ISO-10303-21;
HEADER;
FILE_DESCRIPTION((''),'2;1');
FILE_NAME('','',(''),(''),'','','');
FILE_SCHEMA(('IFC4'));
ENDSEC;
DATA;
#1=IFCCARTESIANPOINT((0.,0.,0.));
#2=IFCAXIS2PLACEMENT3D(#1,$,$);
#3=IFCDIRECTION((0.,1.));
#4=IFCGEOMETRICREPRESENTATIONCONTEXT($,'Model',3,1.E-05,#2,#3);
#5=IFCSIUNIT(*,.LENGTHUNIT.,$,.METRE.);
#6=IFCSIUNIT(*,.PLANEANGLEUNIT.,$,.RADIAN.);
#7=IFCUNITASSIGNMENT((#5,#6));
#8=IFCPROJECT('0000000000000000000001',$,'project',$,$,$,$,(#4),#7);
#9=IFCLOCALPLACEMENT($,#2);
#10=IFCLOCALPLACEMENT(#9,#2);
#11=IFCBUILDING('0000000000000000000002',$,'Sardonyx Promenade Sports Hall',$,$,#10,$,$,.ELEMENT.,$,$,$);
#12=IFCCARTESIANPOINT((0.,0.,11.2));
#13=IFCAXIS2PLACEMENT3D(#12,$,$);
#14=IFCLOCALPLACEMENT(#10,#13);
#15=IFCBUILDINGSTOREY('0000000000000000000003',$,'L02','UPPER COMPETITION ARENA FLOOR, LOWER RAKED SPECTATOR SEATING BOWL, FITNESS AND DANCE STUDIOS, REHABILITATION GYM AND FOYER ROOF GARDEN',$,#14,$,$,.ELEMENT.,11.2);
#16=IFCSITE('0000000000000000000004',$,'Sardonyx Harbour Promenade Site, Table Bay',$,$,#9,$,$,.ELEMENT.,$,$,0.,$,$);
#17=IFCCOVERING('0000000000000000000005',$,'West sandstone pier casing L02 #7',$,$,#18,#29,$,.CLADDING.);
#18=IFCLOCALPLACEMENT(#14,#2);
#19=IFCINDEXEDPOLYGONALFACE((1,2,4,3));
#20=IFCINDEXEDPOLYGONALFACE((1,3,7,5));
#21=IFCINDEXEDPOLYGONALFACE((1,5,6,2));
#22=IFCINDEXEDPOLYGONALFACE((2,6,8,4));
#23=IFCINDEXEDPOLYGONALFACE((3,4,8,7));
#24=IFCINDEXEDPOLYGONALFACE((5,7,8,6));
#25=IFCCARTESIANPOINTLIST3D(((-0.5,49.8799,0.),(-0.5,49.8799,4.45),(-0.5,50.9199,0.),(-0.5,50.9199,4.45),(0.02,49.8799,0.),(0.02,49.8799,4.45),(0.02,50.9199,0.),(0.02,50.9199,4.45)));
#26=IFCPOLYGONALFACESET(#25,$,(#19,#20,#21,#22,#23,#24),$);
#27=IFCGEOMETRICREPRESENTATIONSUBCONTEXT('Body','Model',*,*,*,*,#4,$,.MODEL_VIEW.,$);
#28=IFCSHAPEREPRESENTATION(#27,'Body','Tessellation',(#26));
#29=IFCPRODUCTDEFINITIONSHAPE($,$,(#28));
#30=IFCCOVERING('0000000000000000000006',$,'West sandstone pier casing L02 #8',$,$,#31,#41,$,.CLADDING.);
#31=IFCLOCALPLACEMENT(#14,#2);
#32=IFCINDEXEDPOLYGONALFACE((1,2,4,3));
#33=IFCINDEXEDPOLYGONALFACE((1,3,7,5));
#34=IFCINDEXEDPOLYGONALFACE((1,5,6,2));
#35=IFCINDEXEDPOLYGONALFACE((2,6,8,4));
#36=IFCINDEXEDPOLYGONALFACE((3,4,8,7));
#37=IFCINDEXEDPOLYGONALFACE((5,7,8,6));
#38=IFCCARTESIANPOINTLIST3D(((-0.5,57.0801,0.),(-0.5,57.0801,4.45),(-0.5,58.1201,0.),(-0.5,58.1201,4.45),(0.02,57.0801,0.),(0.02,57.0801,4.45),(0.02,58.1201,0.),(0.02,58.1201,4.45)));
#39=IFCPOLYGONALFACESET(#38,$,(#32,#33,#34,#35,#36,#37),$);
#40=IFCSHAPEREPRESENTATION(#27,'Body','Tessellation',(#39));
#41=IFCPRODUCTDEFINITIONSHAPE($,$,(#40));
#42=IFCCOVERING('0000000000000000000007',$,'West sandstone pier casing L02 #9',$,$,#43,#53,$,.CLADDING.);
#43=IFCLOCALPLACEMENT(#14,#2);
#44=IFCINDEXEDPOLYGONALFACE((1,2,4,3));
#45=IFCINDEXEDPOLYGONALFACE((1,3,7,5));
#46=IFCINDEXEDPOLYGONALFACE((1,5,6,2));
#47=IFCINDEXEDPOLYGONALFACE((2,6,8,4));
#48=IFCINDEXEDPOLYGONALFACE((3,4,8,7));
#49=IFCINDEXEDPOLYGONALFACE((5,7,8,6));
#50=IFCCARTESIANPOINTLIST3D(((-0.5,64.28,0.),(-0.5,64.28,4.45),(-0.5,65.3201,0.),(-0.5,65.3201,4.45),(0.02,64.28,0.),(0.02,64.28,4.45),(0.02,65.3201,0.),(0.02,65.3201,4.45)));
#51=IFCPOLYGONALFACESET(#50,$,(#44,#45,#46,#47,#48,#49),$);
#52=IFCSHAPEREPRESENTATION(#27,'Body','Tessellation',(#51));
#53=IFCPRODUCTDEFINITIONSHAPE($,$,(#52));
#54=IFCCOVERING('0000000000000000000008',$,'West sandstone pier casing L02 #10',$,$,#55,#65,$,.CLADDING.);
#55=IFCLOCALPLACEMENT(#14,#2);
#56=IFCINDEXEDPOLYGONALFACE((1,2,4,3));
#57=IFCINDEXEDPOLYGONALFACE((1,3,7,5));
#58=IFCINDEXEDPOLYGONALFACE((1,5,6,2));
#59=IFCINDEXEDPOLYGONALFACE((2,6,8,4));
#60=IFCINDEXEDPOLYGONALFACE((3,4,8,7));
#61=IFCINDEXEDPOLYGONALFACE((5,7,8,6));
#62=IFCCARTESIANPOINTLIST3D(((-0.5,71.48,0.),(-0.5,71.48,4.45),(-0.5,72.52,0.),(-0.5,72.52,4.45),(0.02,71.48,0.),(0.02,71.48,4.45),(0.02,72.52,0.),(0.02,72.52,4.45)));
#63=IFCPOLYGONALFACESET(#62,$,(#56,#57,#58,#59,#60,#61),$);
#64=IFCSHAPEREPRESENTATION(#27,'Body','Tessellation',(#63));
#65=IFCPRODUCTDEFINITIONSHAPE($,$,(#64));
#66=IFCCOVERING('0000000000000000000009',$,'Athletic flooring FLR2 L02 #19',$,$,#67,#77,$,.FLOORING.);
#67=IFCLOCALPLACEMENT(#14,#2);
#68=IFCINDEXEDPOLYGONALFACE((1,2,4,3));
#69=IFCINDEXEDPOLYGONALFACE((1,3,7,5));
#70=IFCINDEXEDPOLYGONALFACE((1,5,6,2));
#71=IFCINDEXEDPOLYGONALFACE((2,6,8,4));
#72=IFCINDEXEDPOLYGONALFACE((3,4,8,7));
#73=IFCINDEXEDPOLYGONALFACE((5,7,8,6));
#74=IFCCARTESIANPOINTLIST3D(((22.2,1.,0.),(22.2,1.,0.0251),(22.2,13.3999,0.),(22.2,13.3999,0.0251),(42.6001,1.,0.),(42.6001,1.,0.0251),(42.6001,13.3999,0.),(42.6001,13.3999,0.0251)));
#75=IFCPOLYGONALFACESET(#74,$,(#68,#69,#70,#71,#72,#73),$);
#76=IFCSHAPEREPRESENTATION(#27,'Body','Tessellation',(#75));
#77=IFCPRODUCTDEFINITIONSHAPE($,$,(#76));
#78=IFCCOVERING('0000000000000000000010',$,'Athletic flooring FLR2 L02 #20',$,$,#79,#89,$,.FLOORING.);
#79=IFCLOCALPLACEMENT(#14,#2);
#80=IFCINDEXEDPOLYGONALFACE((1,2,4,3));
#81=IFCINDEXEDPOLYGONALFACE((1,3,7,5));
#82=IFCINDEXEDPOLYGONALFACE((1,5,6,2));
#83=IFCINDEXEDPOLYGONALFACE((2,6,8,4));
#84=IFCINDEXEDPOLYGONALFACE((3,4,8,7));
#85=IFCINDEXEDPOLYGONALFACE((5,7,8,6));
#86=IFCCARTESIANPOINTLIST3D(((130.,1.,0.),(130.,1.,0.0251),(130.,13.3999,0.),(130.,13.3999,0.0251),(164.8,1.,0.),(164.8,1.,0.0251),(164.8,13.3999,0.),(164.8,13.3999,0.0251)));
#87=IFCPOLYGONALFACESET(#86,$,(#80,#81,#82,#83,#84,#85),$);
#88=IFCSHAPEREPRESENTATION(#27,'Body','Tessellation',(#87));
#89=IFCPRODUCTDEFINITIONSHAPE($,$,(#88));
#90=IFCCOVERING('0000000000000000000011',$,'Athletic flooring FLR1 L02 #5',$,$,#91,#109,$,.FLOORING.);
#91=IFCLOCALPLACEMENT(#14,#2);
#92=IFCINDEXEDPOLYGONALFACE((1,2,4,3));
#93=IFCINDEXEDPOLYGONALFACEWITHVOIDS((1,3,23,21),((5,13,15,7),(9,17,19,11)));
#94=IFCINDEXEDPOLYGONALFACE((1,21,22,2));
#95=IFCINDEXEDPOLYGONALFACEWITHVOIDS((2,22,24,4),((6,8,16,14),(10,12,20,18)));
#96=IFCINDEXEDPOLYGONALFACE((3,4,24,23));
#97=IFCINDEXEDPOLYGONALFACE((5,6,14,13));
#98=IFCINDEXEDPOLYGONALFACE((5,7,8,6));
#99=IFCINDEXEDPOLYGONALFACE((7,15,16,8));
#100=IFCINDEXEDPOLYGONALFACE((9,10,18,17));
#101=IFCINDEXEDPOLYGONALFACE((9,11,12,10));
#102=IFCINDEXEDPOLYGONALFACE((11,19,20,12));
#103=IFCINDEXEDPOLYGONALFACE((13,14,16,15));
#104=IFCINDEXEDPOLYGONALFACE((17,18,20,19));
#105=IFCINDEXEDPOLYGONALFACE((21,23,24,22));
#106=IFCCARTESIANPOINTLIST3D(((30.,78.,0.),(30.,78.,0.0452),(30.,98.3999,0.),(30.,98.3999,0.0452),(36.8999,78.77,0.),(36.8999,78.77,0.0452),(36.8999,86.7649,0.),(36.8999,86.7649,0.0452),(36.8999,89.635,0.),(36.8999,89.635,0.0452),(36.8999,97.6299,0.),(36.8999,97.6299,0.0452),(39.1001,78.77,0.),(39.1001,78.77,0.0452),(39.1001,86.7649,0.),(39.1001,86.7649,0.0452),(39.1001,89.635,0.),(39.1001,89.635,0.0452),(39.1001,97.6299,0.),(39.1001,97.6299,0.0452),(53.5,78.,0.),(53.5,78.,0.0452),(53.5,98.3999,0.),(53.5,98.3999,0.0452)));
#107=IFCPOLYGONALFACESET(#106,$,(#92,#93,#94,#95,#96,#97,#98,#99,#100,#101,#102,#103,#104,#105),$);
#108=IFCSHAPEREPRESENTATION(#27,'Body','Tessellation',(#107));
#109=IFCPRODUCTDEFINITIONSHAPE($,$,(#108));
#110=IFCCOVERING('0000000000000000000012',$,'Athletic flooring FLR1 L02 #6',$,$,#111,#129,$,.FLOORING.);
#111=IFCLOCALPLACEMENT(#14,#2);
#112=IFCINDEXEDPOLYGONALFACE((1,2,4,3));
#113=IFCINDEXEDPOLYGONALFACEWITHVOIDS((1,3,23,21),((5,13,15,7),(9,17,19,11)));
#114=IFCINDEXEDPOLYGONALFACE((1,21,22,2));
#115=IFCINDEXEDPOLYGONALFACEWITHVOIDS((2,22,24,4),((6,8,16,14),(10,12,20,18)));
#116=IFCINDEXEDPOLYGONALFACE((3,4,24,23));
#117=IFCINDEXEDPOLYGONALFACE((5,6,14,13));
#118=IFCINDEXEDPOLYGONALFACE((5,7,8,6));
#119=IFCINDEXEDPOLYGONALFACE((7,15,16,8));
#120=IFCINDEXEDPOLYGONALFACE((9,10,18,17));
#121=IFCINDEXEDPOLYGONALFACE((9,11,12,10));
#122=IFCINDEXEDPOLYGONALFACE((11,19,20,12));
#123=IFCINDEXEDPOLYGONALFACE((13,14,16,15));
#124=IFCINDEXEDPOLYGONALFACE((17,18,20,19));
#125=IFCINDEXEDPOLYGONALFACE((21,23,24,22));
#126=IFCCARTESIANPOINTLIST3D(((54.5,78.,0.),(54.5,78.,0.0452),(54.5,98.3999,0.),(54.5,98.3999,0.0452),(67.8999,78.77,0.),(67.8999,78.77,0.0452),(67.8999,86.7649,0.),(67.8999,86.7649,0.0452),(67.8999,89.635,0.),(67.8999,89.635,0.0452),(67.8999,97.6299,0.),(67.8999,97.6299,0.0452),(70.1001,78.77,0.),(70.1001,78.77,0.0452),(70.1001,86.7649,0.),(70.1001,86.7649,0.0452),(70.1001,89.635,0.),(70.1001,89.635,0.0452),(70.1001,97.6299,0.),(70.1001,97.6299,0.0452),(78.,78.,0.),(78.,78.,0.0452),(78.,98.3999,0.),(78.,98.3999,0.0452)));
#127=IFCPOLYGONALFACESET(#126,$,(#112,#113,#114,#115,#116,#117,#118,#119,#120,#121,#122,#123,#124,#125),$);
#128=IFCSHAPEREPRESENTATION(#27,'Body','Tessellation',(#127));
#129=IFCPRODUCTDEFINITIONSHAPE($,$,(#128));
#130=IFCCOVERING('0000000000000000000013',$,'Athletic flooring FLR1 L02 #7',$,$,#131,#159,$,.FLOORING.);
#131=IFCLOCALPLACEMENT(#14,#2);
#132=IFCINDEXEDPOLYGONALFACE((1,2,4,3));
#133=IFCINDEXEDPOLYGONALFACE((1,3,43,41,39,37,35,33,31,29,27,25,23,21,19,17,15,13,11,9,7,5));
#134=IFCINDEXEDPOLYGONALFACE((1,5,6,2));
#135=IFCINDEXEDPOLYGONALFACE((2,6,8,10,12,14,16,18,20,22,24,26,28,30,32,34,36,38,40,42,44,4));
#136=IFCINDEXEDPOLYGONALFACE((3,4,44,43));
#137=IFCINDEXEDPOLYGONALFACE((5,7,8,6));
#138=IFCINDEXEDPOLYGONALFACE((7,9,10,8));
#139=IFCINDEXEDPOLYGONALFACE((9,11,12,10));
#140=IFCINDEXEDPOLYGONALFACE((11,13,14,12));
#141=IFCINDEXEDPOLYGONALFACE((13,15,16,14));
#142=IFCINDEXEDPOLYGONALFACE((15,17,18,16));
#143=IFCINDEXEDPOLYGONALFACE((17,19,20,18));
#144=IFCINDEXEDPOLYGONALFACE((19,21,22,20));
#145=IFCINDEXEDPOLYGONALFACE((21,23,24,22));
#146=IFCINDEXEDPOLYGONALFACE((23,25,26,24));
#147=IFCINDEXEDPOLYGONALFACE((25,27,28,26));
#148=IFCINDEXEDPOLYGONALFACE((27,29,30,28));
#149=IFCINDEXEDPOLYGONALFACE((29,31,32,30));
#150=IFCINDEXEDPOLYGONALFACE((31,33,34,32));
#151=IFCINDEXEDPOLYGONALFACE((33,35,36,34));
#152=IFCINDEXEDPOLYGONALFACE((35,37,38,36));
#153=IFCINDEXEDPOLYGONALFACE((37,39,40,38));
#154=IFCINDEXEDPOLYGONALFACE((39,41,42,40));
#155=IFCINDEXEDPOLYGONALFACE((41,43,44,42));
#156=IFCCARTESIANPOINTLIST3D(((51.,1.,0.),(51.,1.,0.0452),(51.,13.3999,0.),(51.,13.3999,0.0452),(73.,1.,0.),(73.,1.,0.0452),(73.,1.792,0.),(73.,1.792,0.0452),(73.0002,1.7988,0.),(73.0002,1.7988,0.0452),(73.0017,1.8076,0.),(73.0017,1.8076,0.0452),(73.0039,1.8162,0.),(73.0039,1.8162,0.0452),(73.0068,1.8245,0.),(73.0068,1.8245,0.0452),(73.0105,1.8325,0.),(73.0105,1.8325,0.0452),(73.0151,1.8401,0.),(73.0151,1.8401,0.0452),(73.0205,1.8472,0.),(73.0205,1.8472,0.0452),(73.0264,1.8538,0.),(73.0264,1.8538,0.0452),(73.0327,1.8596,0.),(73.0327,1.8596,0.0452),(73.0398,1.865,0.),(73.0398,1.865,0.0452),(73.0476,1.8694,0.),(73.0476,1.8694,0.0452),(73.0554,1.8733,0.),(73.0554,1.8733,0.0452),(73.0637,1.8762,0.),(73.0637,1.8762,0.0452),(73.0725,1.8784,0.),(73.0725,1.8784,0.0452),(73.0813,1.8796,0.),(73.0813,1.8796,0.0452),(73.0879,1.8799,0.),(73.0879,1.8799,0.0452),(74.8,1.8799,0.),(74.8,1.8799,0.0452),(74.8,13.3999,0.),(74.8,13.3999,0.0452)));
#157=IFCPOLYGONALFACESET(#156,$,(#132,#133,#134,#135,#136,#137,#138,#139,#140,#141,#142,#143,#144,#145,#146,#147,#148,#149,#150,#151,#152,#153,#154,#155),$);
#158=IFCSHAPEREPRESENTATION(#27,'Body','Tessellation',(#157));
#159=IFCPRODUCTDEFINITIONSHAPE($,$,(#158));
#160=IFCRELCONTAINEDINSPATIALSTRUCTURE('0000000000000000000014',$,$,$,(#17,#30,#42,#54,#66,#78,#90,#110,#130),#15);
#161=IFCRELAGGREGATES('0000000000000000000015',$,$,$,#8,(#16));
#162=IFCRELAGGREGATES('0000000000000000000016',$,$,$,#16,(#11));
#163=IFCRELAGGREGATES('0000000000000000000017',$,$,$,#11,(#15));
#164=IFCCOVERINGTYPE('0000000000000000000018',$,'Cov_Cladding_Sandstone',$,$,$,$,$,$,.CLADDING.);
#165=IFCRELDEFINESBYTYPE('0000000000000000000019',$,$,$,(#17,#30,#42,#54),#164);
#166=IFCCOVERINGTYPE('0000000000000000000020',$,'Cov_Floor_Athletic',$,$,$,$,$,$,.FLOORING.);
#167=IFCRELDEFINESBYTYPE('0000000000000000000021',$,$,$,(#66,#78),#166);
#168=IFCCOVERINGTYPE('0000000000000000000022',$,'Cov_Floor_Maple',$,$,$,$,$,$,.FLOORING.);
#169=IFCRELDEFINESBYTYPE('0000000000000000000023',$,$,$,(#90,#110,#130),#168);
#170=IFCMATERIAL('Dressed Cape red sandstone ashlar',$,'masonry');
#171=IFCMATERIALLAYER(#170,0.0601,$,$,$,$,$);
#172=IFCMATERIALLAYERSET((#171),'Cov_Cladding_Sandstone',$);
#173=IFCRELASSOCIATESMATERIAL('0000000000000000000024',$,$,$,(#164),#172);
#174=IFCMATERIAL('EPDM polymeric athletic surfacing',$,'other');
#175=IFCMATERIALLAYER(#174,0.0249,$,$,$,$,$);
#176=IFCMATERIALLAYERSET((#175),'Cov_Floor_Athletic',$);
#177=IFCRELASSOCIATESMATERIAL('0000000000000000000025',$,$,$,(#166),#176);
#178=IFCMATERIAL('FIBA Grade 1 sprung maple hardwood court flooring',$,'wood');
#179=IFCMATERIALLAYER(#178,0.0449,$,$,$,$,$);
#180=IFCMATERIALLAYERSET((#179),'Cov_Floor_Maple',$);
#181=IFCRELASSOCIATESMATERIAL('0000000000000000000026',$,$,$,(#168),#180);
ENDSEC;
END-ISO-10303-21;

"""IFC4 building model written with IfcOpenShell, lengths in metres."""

from ifc_helpers import new_model, si_unit, direction, frame, origin, place, context, subcontext, project, spatial, polyline, outline, extrude, material, layer, layer_set, type_object, element, save


model = new_model("IFC4")

# Units and contexts
model_context = context("Model", 3, precision=1e-05, world=origin(), true_north=direction((0.0, 1.0)))
body_context = subcontext(model_context, "Body", "Model", "MODEL_VIEW")
ifc_project = project(units=[si_unit("LENGTHUNIT", "METRE"), si_unit("PLANEANGLEUNIT", "RADIAN")], contexts=[model_context])

# Site, building, storey
site_placement = place(None, origin())
site = spatial("IfcSite", under=ifc_project, at=site_placement, Name="Sardonyx Harbour Promenade Site, Table Bay", CompositionType="ELEMENT", RefElevation=0.0)
building_placement = place(site_placement, origin())
building = spatial("IfcBuilding", under=site, at=building_placement, Name="Sardonyx Promenade Sports Hall", CompositionType="ELEMENT")
storey_placement = place(building_placement, frame((0.0, 0.0, 11.2)))
storey = spatial("IfcBuildingStorey", under=building, at=storey_placement, Name="L02", Description="UPPER COMPETITION ARENA FLOOR, LOWER RAKED SPECTATOR SEATING BOWL, FITNESS AND DANCE STUDIOS, REHABILITATION GYM AND FOYER ROOF GARDEN", CompositionType="ELEMENT", Elevation=11.2)

# Coverings
ifc_material_1 = material(Name="Dressed Cape red sandstone ashlar", Category="masonry")
ifc_layer_1 = layer(ifc_material_1, 0.0601)
ifc_layer_set_1 = layer_set([ifc_layer_1], Name="Cov_Cladding_Sandstone")
covering_type_1 = type_object("IfcCoveringType", Name="Cov_Cladding_Sandstone", PredefinedType="CLADDING", material=ifc_layer_set_1)
covering_1_placement = place(storey_placement, origin())
element("IfcCovering", 1, at=covering_1_placement, inside=storey, type_object=covering_type_1, Name="West sandstone pier casing L02 #7", PredefinedType="CLADDING", context=body_context, shape_type="SweptSolid", body=[
    extrude(outline(polyline([(-0.5, 49.8799), (0.02, 49.8799), (0.02, 50.9199), (-0.5, 50.9199), (-0.5, 49.8799)])), origin(), (0.0, 0.0, 1.0), 4.45),
])
covering_2_placement = place(storey_placement, origin())
element("IfcCovering", 2, at=covering_2_placement, inside=storey, type_object=covering_type_1, Name="West sandstone pier casing L02 #8", PredefinedType="CLADDING", context=body_context, shape_type="SweptSolid", body=[
    extrude(outline(polyline([(-0.5, 57.0801), (0.02, 57.0801), (0.02, 58.1201), (-0.5, 58.1201), (-0.5, 57.0801)])), origin(), (0.0, 0.0, 1.0), 4.45),
])
covering_3_placement = place(storey_placement, origin())
element("IfcCovering", 3, at=covering_3_placement, inside=storey, type_object=covering_type_1, Name="West sandstone pier casing L02 #9", PredefinedType="CLADDING", context=body_context, shape_type="SweptSolid", body=[
    extrude(outline(polyline([(-0.5, 64.28), (0.02, 64.28), (0.02, 65.3201), (-0.5, 65.3201), (-0.5, 64.28)])), origin(), (0.0, 0.0, 1.0), 4.45),
])
covering_4_placement = place(storey_placement, origin())
element("IfcCovering", 4, at=covering_4_placement, inside=storey, type_object=covering_type_1, Name="West sandstone pier casing L02 #10", PredefinedType="CLADDING", context=body_context, shape_type="SweptSolid", body=[
    extrude(outline(polyline([(-0.5, 71.48), (0.02, 71.48), (0.02, 72.52), (-0.5, 72.52), (-0.5, 71.48)])), origin(), (0.0, 0.0, 1.0), 4.45),
])
ifc_material_2 = material(Name="EPDM polymeric athletic surfacing", Category="other")
ifc_layer_2 = layer(ifc_material_2, 0.0249)
ifc_layer_set_2 = layer_set([ifc_layer_2], Name="Cov_Floor_Athletic")
covering_type_2 = type_object("IfcCoveringType", Name="Cov_Floor_Athletic", PredefinedType="FLOORING", material=ifc_layer_set_2)
covering_5_placement = place(storey_placement, origin())
element("IfcCovering", 5, at=covering_5_placement, inside=storey, type_object=covering_type_2, Name="Athletic flooring FLR2 L02 #19", PredefinedType="FLOORING", context=body_context, shape_type="SweptSolid", body=[
    extrude(outline(polyline([(22.2, 1.0), (42.6001, 1.0), (42.6001, 13.3999), (22.2, 13.3999), (22.2, 1.0)])), origin(), (0.0, 0.0, 1.0), 0.0251),
])
covering_6_placement = place(storey_placement, origin())
element("IfcCovering", 6, at=covering_6_placement, inside=storey, type_object=covering_type_2, Name="Athletic flooring FLR2 L02 #20", PredefinedType="FLOORING", context=body_context, shape_type="SweptSolid", body=[
    extrude(outline(polyline([(130.0, 1.0), (164.8, 1.0), (164.8, 13.3999), (130.0, 13.3999), (130.0, 1.0)])), origin(), (0.0, 0.0, 1.0), 0.0251),
])
ifc_material_3 = material(Name="FIBA Grade 1 sprung maple hardwood court flooring", Category="wood")
ifc_layer_3 = layer(ifc_material_3, 0.0449)
ifc_layer_set_3 = layer_set([ifc_layer_3], Name="Cov_Floor_Maple")
covering_type_3 = type_object("IfcCoveringType", Name="Cov_Floor_Maple", PredefinedType="FLOORING", material=ifc_layer_set_3)
covering_7_placement = place(storey_placement, origin())
element("IfcCovering", 7, at=covering_7_placement, inside=storey, type_object=covering_type_3, Name="Athletic flooring FLR1 L02 #5", PredefinedType="FLOORING", context=body_context, shape_type="SweptSolid", body=[
    extrude(outline(polyline([(30.0, 98.3999), (30.0, 78.0), (53.5, 78.0), (53.5, 98.3999), (30.0, 98.3999)]), holes=[polyline([(39.1001, 86.7649), (39.1001, 78.77), (36.8999, 78.77), (36.8999, 86.7649), (39.1001, 86.7649)]), polyline([(39.1001, 97.6299), (39.1001, 89.635), (36.8999, 89.635), (36.8999, 97.6299), (39.1001, 97.6299)])]), origin(), (0.0, 0.0, 1.0), 0.0452),
])
covering_8_placement = place(storey_placement, origin())
element("IfcCovering", 8, at=covering_8_placement, inside=storey, type_object=covering_type_3, Name="Athletic flooring FLR1 L02 #6", PredefinedType="FLOORING", context=body_context, shape_type="SweptSolid", body=[
    extrude(outline(polyline([(54.5, 98.3999), (54.5, 78.0), (78.0, 78.0), (78.0, 98.3999), (54.5, 98.3999)]), holes=[polyline([(70.1001, 86.7649), (70.1001, 78.77), (67.8999, 78.77), (67.8999, 86.7649), (70.1001, 86.7649)]), polyline([(70.1001, 97.6299), (70.1001, 89.635), (67.8999, 89.635), (67.8999, 97.6299), (70.1001, 97.6299)])]), origin(), (0.0, 0.0, 1.0), 0.0452),
])
covering_9_placement = place(storey_placement, origin())
element("IfcCovering", 9, at=covering_9_placement, inside=storey, type_object=covering_type_3, Name="Athletic flooring FLR1 L02 #7", PredefinedType="FLOORING", context=body_context, shape_type="SweptSolid", body=[
    extrude(outline(polyline([(51.0, 1.0), (73.0, 1.0), (73.0, 1.792), (73.0002, 1.7988), (73.0017, 1.8076), (73.0039, 1.8162), (73.0068, 1.8245), (73.0105, 1.8325), (73.0151, 1.8401), (73.0205, 1.8472), (73.0264, 1.8538), (73.0327, 1.8596), (73.0398, 1.865), (73.0476, 1.8694), (73.0554, 1.8733), (73.0637, 1.8762), (73.0725, 1.8784), (73.0813, 1.8796), (73.0879, 1.8799), (74.8, 1.8799), (74.8, 13.3999), (51.0, 13.3999), (51.0, 1.0)])), origin(), (0.0, 0.0, 1.0), 0.0452),
])

save(model, "model.ifc")
